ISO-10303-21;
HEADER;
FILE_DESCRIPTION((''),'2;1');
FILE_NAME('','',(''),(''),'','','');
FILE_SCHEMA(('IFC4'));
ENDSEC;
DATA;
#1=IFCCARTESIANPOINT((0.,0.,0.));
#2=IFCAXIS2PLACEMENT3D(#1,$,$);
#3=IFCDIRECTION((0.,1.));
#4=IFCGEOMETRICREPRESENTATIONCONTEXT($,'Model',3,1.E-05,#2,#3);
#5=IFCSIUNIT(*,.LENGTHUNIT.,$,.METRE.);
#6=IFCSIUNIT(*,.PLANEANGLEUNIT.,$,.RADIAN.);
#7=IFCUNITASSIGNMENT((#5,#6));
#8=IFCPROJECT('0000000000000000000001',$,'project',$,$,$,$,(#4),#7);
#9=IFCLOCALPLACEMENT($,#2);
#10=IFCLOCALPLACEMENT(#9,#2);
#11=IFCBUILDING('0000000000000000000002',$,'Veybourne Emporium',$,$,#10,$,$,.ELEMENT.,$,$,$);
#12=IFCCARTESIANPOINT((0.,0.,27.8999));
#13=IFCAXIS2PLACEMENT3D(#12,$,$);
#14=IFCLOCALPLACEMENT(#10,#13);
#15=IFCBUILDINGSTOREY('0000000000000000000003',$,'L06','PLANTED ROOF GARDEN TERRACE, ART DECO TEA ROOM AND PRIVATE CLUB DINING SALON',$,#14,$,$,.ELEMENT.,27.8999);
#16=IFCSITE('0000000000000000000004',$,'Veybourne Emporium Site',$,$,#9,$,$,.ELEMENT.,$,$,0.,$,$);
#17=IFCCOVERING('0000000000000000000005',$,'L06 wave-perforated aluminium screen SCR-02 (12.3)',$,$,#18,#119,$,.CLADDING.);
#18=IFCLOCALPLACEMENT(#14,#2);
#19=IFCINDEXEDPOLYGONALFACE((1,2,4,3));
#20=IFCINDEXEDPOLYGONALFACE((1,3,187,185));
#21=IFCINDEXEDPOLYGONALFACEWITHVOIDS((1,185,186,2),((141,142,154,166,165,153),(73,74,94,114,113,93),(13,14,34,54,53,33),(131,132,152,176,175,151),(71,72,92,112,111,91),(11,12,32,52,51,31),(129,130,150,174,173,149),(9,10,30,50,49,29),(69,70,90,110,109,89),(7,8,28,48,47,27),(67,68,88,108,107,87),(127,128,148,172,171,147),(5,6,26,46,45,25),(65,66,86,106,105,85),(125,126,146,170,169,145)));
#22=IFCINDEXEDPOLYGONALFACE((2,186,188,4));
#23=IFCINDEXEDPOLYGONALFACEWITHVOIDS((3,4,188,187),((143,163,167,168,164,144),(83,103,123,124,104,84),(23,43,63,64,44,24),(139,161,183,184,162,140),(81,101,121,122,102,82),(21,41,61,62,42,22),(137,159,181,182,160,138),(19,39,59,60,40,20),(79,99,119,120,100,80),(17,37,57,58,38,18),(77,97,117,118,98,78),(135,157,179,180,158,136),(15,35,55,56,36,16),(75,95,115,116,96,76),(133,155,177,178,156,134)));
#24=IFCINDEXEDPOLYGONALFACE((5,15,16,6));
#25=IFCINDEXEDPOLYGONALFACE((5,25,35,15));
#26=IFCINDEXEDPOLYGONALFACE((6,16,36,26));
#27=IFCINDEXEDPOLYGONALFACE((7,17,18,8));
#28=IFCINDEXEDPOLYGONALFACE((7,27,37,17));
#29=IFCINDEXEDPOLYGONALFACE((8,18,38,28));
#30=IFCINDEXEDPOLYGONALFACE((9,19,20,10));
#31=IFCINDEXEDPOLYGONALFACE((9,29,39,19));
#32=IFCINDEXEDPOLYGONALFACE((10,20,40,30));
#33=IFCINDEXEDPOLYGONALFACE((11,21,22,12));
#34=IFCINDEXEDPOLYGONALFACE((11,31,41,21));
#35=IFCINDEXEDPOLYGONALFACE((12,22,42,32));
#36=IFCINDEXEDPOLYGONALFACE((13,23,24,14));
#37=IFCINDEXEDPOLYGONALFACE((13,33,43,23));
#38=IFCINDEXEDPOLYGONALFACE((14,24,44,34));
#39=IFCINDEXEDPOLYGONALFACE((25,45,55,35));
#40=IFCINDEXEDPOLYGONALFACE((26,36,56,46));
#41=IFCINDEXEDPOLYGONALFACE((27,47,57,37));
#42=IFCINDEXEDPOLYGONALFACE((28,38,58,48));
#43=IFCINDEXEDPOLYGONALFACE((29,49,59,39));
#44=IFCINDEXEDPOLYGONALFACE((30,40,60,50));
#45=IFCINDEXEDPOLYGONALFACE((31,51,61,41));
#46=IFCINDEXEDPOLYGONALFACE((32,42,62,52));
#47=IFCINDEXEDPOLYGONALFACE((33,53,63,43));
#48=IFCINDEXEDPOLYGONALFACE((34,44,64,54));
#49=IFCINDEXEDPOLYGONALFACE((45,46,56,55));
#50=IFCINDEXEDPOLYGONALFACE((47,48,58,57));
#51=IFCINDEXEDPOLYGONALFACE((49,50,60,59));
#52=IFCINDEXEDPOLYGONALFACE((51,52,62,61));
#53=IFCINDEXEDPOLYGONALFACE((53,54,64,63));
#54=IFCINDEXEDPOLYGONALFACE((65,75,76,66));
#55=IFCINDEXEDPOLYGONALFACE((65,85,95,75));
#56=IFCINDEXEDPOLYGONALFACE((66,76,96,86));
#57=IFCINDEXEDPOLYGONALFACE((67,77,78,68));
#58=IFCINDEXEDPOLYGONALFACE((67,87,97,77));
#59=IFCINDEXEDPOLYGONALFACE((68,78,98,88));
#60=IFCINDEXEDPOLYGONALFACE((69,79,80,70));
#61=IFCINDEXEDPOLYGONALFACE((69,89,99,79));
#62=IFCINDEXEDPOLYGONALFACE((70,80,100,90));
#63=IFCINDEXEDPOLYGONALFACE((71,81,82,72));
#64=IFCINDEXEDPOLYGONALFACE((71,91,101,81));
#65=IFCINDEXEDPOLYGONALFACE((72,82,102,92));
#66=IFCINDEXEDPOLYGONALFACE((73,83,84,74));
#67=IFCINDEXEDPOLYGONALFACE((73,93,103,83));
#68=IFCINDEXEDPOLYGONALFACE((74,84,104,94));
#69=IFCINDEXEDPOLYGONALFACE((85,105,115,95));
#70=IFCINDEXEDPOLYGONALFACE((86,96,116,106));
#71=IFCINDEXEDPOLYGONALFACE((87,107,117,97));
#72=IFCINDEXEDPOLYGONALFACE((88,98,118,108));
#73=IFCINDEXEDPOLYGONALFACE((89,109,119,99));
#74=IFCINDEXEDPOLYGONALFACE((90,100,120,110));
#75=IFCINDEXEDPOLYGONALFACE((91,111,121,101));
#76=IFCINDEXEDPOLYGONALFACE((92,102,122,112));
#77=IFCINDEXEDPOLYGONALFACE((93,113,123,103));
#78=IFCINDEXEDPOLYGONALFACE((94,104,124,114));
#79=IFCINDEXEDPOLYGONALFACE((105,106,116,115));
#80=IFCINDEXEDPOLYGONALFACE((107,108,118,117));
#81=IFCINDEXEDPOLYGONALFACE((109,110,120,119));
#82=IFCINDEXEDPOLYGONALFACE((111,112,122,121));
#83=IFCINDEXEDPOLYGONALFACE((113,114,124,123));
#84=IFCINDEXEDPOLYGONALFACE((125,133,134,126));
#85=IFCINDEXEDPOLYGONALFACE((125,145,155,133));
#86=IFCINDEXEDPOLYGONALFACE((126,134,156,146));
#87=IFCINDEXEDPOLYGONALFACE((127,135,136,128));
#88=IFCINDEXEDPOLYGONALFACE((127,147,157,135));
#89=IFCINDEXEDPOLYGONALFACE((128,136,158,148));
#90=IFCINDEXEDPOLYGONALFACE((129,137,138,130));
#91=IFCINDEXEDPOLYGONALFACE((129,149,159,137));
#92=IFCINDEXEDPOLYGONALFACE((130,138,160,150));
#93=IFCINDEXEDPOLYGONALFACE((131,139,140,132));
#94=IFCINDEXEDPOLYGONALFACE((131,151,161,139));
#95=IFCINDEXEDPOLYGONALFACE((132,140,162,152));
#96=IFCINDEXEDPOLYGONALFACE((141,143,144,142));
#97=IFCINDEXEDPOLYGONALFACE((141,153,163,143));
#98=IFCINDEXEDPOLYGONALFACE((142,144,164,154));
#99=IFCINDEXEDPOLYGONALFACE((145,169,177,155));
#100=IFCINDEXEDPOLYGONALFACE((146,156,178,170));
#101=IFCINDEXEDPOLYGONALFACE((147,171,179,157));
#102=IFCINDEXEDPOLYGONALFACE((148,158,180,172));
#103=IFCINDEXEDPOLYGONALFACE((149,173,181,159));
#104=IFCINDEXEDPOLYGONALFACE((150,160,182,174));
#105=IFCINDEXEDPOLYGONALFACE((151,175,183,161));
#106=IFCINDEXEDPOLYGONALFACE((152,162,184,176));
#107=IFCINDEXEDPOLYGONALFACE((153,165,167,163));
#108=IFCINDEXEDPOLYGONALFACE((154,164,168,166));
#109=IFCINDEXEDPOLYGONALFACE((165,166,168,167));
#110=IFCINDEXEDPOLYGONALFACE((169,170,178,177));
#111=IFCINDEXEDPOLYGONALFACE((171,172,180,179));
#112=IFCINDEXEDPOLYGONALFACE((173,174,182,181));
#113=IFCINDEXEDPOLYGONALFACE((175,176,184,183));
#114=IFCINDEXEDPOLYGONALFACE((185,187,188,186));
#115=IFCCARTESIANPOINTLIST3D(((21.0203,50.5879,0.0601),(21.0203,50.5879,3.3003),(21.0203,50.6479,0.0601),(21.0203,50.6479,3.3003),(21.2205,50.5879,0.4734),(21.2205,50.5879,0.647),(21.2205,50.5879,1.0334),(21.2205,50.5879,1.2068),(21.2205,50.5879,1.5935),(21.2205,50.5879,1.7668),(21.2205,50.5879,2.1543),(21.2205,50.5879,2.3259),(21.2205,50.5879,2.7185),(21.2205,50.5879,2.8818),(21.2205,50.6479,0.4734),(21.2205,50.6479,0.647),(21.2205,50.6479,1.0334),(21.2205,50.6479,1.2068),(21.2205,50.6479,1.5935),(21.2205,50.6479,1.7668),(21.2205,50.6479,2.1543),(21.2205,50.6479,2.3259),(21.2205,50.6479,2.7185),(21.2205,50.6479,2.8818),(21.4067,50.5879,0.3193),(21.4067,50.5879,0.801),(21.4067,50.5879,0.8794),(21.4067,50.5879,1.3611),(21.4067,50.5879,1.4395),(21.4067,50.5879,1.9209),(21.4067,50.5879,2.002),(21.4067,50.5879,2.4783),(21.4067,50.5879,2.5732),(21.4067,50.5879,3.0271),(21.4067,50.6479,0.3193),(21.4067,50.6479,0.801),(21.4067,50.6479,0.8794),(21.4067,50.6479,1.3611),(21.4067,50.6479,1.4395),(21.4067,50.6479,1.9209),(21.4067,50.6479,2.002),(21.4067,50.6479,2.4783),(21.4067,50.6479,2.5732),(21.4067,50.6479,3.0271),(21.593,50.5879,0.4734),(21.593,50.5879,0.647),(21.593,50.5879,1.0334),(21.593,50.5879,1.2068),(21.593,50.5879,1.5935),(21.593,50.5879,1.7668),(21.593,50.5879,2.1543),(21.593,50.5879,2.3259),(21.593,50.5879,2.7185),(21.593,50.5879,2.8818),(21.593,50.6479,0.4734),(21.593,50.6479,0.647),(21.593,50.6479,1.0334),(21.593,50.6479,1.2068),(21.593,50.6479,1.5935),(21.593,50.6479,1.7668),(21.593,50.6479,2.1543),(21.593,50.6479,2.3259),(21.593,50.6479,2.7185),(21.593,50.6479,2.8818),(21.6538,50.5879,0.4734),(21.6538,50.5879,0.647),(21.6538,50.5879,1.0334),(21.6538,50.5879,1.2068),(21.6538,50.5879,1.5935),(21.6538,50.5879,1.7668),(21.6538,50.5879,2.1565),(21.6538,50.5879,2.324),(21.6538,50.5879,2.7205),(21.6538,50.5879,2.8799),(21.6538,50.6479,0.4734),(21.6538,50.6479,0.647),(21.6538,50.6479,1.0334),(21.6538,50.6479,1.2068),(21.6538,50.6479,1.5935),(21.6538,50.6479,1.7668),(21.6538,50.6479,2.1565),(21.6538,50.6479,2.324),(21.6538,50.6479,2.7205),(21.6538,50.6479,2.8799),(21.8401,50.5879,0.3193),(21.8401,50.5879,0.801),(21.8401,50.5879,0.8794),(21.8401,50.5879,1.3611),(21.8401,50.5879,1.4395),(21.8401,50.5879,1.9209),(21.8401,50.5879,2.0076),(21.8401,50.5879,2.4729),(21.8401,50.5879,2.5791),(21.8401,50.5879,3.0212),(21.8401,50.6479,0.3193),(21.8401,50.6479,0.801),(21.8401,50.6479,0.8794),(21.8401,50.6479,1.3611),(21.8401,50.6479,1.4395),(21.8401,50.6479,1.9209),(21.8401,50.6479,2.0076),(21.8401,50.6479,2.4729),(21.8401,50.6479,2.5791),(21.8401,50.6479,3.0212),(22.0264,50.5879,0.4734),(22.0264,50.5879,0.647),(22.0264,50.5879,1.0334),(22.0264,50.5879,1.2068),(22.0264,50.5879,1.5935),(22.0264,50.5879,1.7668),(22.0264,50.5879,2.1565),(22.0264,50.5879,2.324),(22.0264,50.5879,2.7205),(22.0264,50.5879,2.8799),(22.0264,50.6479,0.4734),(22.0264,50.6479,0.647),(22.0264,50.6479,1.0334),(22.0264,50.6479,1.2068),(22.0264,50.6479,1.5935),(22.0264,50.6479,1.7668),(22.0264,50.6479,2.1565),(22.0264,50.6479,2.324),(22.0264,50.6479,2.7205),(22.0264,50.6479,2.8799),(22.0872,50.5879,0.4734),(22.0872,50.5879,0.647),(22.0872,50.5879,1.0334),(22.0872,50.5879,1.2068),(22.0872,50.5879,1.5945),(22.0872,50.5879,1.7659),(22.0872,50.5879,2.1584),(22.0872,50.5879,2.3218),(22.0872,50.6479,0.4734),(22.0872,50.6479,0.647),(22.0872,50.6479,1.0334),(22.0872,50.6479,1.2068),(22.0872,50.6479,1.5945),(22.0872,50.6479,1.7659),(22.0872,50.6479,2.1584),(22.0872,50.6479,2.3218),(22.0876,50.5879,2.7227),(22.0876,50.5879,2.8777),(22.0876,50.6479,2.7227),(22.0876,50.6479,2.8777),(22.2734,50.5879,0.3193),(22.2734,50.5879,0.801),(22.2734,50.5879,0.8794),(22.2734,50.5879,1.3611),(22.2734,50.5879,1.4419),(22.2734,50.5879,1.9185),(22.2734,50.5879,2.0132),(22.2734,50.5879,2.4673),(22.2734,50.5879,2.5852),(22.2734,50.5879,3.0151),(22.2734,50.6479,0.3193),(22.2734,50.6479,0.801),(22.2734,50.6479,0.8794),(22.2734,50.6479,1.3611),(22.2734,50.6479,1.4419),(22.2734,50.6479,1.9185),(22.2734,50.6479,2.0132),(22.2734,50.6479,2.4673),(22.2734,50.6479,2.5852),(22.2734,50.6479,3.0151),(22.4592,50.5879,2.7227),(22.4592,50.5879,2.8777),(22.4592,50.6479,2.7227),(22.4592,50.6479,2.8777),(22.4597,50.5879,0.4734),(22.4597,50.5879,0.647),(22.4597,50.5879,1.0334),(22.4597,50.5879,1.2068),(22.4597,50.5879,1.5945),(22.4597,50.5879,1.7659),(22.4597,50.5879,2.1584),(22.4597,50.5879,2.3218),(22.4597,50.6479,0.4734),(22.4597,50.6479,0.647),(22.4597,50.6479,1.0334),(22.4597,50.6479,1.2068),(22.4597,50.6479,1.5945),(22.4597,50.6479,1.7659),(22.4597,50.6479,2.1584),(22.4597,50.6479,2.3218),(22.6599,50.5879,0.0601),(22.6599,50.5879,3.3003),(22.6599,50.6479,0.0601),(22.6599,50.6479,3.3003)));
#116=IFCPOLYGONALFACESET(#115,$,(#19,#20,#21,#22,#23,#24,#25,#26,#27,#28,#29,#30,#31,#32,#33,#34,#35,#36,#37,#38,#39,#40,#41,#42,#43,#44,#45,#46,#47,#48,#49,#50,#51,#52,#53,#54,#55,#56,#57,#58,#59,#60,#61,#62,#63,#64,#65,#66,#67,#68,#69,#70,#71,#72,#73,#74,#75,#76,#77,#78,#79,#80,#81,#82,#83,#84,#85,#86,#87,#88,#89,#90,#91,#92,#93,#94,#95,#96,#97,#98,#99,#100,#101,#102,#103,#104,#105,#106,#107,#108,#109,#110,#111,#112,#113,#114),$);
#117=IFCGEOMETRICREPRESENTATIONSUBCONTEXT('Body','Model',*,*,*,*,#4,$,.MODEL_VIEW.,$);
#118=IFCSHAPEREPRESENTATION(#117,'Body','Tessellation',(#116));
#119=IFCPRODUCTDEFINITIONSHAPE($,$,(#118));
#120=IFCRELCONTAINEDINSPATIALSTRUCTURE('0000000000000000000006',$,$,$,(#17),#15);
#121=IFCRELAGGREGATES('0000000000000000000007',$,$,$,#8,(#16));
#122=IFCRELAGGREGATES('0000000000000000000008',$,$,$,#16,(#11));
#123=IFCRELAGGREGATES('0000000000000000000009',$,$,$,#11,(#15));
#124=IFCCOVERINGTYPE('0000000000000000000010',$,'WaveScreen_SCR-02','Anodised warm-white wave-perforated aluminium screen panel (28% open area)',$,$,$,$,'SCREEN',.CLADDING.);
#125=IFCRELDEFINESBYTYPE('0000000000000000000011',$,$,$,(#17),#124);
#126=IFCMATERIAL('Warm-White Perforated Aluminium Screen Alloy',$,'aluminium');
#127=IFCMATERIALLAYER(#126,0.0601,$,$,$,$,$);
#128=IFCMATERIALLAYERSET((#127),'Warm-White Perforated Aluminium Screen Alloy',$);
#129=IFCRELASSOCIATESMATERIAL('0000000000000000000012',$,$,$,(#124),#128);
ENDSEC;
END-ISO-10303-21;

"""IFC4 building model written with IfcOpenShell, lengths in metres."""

from ifc_helpers import new_model, si_unit, direction, frame, origin, place, context, subcontext, project, spatial, polyline, outline, extrude, material, layer, layer_set, type_object, element, save


model = new_model("IFC4")

# Units and contexts
model_context = context("Model", 3, precision=1e-05, world=origin(), true_north=direction((0.0, 1.0)))
body_context = subcontext(model_context, "Body", "Model", "MODEL_VIEW")
ifc_project = project(units=[si_unit("LENGTHUNIT", "METRE"), si_unit("PLANEANGLEUNIT", "RADIAN")], contexts=[model_context])

# Site, building, storey
site_placement = place(None, origin())
site = spatial("IfcSite", under=ifc_project, at=site_placement, Name="Veybourne Emporium Site", CompositionType="ELEMENT", RefElevation=0.0)
building_placement = place(site_placement, origin())
building = spatial("IfcBuilding", under=site, at=building_placement, Name="Veybourne Emporium", CompositionType="ELEMENT")
storey_placement = place(building_placement, frame((0.0, 0.0, 27.8999)))
storey = spatial("IfcBuildingStorey", under=building, at=storey_placement, Name="L06", Description="PLANTED ROOF GARDEN TERRACE, ART DECO TEA ROOM AND PRIVATE CLUB DINING SALON", CompositionType="ELEMENT", Elevation=27.8999)

# Covering
ifc_material_1 = material(Name="Warm-White Perforated Aluminium Screen Alloy", Category="aluminium")
ifc_layer_1 = layer(ifc_material_1, 0.0601)
ifc_layer_set_1 = layer_set([ifc_layer_1], Name="Warm-White Perforated Aluminium Screen Alloy")
covering_type_1 = type_object("IfcCoveringType", Name="WaveScreen_SCR-02", Description="Anodised warm-white wave-perforated aluminium screen panel (28% open area)", ElementType="SCREEN", PredefinedType="CLADDING", material=ifc_layer_set_1)
covering_1_placement = place(storey_placement, frame((21.8401, 50.6479, 1.6802), z_axis=(0.0, -1.0, 0.0), x_axis=(1.0, 0.0, 0.0)))
element("IfcCovering", 1, at=covering_1_placement, inside=storey, type_object=covering_type_1, Name="L06 wave-perforated aluminium screen SCR-02 (12.3)", PredefinedType="CLADDING", context=body_context, shape_type="SweptSolid", body=[
    extrude(outline(polyline([(-0.8198, -1.6201), (0.8198, -1.6201), (0.8198, 1.6201), (-0.8198, 1.6201), (-0.8198, -1.6201)]), holes=[polyline([(-0.4333, -0.8792), (-0.2471, -1.0332), (-0.2471, -1.2068), (-0.4333, -1.3608), (-0.6196, -1.2068), (-0.6196, -1.0332), (-0.4333, -0.8792)]), polyline([(-0.4333, -0.3191), (-0.2471, -0.4734), (-0.2471, -0.6467), (-0.4333, -0.8008), (-0.6196, -0.6467), (-0.6196, -0.4734), (-0.4333, -0.3191)]), polyline([(-0.4333, 0.2407), (-0.2471, 0.0867), (-0.2471, -0.0867), (-0.4333, -0.2407), (-0.6196, -0.0867), (-0.6196, 0.0867), (-0.4333, 0.2407)]), polyline([(-0.4333, 0.7981), (-0.2471, 0.6458), (-0.2471, 0.4741), (-0.4333, 0.3218), (-0.6196, 0.4741), (-0.6196, 0.6458), (-0.4333, 0.7981)]), polyline([(-0.4333, 1.3469), (-0.2471, 1.2017), (-0.2471, 1.0383), (-0.4333, 0.8931), (-0.6196, 1.0383), (-0.6196, 1.2017), (-0.4333, 1.3469)]), polyline([(0.0, -0.8792), (0.1863, -1.0332), (0.1863, -1.2068), (0.0, -1.3608), (-0.1863, -1.2068), (-0.1863, -1.0332), (0.0, -0.8792)]), polyline([(0.0, -0.3191), (0.1863, -0.4734), (0.1863, -0.6467), (0.0, -0.8008), (-0.1863, -0.6467), (-0.1863, -0.4734), (0.0, -0.3191)]), polyline([(0.0, 0.2407), (0.1863, 0.0867), (0.1863, -0.0867), (0.0, -0.2407), (-0.1863, -0.0867), (-0.1863, 0.0867), (0.0, 0.2407)]), polyline([(0.0, 0.7927), (0.1863, 0.6438), (0.1863, 0.4763), (0.0, 0.3274), (-0.1863, 0.4763), (-0.1863, 0.6438), (0.0, 0.7927)]), polyline([(0.0, 1.3411), (0.1863, 1.1997), (0.1863, 1.0403), (0.0, 0.8989), (-0.1863, 1.0403), (-0.1863, 1.1997), (0.0, 1.3411)]), polyline([(0.4333, -0.8792), (0.6196, -1.0332), (0.6196, -1.2068), (0.4333, -1.3608), (0.2471, -1.2068), (0.2471, -1.0332), (0.4333, -0.8792)]), polyline([(0.4333, -0.3191), (0.6196, -0.4734), (0.6196, -0.6467), (0.4333, -0.8008), (0.2471, -0.6467), (0.2471, -0.4734), (0.4333, -0.3191)]), polyline([(0.4333, 0.2383), (0.6196, 0.0857), (0.6196, -0.0857), (0.4333, -0.2383), (0.2471, -0.0857), (0.2471, 0.0857), (0.4333, 0.2383)]), polyline([(0.4333, 0.7871), (0.6196, 0.6416), (0.6196, 0.4783), (0.4333, 0.333), (0.2471, 0.4783), (0.2471, 0.6416), (0.4333, 0.7871)]), polyline([(0.4333, 1.335), (0.6191, 1.1975), (0.6191, 1.0425), (0.4333, 0.905), (0.2476, 1.0425), (0.2476, 1.1975), (0.4333, 1.335)])]), origin(), (0.0, 0.0, 1.0), 0.0601),
])

save(model, "model.ifc")
